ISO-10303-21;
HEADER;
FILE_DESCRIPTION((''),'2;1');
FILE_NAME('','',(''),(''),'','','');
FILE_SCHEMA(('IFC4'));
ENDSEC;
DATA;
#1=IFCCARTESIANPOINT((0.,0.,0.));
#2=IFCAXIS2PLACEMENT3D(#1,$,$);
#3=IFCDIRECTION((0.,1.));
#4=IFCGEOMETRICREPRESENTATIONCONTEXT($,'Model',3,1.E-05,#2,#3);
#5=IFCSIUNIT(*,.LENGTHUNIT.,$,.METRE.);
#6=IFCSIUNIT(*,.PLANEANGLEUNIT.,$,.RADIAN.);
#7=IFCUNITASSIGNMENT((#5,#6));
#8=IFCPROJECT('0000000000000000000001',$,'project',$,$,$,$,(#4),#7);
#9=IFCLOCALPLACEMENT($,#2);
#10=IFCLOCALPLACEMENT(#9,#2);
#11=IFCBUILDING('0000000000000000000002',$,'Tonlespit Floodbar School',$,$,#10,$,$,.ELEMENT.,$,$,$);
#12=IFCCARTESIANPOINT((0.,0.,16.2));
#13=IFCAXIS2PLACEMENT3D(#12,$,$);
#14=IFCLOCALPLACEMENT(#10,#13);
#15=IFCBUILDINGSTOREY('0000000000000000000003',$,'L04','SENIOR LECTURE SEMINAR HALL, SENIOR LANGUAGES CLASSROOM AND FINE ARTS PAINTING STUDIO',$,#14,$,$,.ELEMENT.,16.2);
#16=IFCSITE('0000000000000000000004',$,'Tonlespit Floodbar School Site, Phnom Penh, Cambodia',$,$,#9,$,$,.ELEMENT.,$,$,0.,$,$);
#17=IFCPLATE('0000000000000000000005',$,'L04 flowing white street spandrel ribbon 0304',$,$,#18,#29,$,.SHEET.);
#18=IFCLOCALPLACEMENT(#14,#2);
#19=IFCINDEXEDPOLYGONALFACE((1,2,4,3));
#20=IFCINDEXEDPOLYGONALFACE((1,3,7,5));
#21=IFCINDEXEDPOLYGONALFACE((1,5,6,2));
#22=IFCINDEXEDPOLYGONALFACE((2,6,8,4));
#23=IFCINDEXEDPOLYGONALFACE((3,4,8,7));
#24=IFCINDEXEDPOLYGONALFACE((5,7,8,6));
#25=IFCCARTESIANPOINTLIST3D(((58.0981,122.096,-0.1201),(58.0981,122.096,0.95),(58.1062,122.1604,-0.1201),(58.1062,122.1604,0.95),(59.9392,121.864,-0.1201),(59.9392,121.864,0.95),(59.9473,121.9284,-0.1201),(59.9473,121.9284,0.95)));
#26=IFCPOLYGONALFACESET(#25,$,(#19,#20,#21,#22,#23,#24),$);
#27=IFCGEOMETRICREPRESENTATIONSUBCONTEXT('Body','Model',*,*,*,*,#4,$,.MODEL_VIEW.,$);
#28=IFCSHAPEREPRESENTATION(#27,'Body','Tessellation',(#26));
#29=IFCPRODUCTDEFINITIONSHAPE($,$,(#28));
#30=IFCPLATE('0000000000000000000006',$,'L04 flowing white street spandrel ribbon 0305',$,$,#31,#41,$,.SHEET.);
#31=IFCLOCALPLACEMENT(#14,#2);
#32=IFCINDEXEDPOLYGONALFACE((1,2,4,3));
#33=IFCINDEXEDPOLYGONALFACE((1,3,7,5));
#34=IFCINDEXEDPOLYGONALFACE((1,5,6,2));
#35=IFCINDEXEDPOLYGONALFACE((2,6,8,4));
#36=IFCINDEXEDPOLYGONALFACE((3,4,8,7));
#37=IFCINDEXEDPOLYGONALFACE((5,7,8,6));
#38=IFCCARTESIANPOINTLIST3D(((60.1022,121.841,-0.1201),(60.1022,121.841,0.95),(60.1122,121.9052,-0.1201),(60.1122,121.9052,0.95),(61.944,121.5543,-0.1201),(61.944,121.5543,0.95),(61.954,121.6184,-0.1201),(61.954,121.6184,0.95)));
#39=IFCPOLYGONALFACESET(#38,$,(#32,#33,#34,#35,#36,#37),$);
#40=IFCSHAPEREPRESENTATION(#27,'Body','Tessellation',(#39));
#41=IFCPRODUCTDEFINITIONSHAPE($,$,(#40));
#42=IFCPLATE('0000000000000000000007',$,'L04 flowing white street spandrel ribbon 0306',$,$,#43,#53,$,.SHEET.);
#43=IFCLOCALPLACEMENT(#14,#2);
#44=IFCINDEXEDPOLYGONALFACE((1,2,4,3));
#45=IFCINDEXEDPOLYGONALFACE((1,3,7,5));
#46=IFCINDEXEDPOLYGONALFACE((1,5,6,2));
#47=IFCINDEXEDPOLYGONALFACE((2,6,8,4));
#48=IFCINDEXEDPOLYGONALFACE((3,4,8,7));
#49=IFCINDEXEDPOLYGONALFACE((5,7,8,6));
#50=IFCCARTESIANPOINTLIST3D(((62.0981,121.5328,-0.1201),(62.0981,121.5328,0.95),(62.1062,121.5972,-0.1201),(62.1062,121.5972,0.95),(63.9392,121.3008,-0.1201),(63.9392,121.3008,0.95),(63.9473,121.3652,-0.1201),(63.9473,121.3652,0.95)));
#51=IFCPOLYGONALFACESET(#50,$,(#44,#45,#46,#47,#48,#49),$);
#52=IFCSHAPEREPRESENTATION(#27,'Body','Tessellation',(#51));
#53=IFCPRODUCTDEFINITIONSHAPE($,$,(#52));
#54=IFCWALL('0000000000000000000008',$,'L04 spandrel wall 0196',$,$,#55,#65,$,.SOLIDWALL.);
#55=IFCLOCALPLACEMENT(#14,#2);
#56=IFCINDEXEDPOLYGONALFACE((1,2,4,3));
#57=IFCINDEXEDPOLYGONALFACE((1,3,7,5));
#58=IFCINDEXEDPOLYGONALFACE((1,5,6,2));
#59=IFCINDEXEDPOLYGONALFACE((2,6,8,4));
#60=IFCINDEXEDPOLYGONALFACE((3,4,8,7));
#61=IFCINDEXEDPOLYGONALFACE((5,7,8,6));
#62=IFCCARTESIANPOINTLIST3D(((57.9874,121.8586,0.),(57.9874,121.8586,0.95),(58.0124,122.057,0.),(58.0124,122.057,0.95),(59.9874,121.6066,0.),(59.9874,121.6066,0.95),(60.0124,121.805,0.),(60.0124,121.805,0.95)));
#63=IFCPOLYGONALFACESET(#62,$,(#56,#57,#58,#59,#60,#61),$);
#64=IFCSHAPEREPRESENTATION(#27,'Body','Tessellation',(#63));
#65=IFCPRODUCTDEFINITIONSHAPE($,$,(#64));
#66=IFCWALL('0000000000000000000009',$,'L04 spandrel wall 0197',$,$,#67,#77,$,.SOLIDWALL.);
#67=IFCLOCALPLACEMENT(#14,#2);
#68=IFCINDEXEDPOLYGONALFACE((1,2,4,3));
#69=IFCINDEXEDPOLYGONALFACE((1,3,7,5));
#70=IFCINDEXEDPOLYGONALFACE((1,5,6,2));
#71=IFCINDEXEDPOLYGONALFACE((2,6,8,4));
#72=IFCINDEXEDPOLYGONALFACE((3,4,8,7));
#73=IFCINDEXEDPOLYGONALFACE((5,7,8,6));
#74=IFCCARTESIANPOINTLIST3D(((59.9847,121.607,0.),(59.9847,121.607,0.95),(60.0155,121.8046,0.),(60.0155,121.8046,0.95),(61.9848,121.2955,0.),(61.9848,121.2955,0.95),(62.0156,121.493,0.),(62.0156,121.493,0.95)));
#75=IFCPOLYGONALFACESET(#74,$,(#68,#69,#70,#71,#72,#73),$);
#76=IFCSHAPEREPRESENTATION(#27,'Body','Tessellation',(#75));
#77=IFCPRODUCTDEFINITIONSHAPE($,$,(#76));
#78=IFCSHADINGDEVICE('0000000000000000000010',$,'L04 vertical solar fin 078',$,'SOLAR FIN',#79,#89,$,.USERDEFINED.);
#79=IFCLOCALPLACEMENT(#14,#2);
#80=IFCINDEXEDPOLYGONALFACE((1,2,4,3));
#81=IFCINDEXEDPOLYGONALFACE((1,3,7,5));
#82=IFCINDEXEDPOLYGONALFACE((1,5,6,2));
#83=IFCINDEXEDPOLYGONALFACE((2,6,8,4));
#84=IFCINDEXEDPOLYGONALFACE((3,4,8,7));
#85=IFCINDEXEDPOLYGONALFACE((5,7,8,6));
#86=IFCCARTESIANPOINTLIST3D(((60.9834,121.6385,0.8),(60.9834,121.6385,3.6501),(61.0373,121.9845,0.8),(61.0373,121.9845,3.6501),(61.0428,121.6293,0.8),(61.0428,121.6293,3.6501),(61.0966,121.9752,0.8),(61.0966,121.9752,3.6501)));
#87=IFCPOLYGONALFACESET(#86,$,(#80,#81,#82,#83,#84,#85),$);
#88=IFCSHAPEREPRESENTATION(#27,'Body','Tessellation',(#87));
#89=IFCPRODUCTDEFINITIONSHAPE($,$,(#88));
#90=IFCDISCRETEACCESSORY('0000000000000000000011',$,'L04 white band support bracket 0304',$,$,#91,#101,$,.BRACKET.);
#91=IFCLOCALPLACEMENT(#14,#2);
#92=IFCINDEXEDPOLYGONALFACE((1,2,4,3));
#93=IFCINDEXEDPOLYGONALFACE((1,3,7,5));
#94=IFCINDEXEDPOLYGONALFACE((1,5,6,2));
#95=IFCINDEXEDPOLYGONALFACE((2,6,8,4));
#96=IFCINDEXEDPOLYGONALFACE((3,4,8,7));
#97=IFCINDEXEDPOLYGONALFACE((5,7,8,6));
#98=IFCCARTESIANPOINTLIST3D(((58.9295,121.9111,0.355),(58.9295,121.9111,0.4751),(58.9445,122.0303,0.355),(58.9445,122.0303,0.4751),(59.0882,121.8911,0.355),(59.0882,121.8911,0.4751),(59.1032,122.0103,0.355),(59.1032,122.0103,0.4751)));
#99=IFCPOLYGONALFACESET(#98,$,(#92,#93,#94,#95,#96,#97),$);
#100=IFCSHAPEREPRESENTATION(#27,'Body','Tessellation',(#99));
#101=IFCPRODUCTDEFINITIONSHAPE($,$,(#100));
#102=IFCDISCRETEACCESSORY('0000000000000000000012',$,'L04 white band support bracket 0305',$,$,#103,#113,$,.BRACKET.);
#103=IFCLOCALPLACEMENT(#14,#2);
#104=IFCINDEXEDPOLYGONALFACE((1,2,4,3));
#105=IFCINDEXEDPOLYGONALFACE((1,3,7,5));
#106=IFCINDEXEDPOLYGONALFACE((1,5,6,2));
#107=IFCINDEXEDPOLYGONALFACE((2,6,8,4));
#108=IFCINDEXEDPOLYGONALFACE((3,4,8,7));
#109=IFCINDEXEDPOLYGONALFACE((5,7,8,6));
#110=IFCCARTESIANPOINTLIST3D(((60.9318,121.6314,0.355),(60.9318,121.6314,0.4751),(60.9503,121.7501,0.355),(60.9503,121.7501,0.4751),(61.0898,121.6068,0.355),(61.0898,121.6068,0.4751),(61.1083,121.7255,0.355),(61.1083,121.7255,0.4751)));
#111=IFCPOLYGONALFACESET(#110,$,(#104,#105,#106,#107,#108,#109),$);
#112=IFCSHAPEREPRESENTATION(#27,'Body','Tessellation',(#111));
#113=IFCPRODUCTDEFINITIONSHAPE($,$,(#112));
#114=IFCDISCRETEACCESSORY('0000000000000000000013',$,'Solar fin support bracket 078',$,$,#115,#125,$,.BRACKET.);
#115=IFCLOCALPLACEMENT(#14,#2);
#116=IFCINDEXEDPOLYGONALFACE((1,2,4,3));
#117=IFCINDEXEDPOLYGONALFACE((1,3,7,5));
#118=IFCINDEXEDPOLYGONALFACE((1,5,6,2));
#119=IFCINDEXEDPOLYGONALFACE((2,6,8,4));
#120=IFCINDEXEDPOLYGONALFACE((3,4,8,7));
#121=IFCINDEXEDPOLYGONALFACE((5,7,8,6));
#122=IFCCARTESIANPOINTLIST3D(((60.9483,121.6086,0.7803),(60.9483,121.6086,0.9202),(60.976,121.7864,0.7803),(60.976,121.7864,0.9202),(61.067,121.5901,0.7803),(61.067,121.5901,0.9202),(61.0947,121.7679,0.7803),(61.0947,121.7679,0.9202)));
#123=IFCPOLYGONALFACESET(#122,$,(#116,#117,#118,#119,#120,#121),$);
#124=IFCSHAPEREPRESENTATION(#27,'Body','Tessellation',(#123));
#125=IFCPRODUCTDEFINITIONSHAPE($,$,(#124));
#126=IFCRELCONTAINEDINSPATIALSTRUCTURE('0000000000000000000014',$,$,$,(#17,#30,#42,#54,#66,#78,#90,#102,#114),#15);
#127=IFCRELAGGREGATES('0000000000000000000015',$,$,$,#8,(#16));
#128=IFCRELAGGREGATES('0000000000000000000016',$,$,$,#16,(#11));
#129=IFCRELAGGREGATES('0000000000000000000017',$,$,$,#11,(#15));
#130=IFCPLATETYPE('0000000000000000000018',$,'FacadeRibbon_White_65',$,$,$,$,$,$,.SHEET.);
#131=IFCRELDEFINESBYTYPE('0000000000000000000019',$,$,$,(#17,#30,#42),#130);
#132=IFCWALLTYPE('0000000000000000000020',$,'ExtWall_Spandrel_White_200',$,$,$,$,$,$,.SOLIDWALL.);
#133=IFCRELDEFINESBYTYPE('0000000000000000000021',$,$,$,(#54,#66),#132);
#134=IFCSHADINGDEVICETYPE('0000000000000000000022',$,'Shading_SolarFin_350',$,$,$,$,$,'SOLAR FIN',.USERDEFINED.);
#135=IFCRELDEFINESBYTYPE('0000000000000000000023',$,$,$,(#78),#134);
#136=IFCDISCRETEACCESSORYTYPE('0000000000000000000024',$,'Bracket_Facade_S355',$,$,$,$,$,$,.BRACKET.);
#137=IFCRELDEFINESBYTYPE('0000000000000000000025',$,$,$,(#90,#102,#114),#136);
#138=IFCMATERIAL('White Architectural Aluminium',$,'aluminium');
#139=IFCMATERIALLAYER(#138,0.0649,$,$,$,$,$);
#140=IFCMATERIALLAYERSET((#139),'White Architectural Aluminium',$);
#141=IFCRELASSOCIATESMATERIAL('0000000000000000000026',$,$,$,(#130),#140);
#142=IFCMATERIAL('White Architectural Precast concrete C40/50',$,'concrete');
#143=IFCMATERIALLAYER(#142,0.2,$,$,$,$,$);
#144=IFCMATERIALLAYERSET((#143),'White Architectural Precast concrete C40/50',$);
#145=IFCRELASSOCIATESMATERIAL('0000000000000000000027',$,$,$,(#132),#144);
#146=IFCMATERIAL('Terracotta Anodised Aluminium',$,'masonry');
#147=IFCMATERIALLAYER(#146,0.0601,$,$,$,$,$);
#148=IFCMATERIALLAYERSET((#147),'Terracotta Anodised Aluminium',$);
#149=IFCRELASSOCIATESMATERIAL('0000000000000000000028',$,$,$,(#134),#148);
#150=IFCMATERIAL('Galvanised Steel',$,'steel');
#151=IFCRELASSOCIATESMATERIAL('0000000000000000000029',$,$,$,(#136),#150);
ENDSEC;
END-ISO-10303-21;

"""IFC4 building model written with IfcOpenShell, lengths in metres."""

from ifc_helpers import new_model, si_unit, direction, frame, frame_2d, origin, origin_2d, place, context, subcontext, project, spatial, rectangle, extrude, material, layer, layer_set, type_object, element, save


model = new_model("IFC4")

# Units and contexts
model_context = context("Model", 3, precision=1e-05, world=origin(), true_north=direction((0.0, 1.0)))
body_context = subcontext(model_context, "Body", "Model", "MODEL_VIEW")
ifc_project = project(units=[si_unit("LENGTHUNIT", "METRE"), si_unit("PLANEANGLEUNIT", "RADIAN")], contexts=[model_context])

# Site, building, storey
site_placement = place(None, origin())
site = spatial("IfcSite", under=ifc_project, at=site_placement, Name="Tonlespit Floodbar School Site, Phnom Penh, Cambodia", CompositionType="ELEMENT", RefElevation=0.0)
building_placement = place(site_placement, origin())
building = spatial("IfcBuilding", under=site, at=building_placement, Name="Tonlespit Floodbar School", CompositionType="ELEMENT")
storey_placement = place(building_placement, frame((0.0, 0.0, 16.2)))
storey = spatial("IfcBuildingStorey", under=building, at=storey_placement, Name="L04", Description="SENIOR LECTURE SEMINAR HALL, SENIOR LANGUAGES CLASSROOM AND FINE ARTS PAINTING STUDIO", CompositionType="ELEMENT", Elevation=16.2)

# Plates
ifc_material_1 = material(Name="White Architectural Aluminium", Category="aluminium")
ifc_layer_1 = layer(ifc_material_1, 0.0649)
ifc_layer_set_1 = layer_set([ifc_layer_1], Name="White Architectural Aluminium")
plate_type_1 = type_object("IfcPlateType", Name="FacadeRibbon_White_65", PredefinedType="SHEET", material=ifc_layer_set_1)
plate_1_placement = place(storey_placement, frame((59.0227, 122.0122, -0.1201), z_axis=(0.0, 0.0, 1.0), x_axis=(0.992155, -0.125011, 0.0)))
element("IfcPlate", 1, at=plate_1_placement, inside=storey, type_object=plate_type_1, Name="L04 flowing white street spandrel ribbon 0304", PredefinedType="SHEET", context=body_context, shape_type="SweptSolid", body=[
    extrude(rectangle(XDim=1.8557, YDim=0.0649, at=origin_2d()), origin(), (0.0, 0.0, 1.0), 1.0701),
])
plate_2_placement = place(storey_placement, frame((61.0281, 121.7297, -0.1201), z_axis=(0.0, 0.0, 1.0), x_axis=(0.988095, -0.153846, 0.0)))
element("IfcPlate", 2, at=plate_2_placement, inside=storey, type_object=plate_type_1, Name="L04 flowing white street spandrel ribbon 0305", PredefinedType="SHEET", context=body_context, shape_type="SweptSolid", body=[
    extrude(rectangle(XDim=1.864, YDim=0.0649, at=origin_2d()), origin(), (0.0, 0.0, 1.0), 1.0701),
])
plate_3_placement = place(storey_placement, frame((63.0227, 121.449, -0.1201), z_axis=(0.0, 0.0, 1.0), x_axis=(0.992155, -0.125011, 0.0)))
element("IfcPlate", 3, at=plate_3_placement, inside=storey, type_object=plate_type_1, Name="L04 flowing white street spandrel ribbon 0306", PredefinedType="SHEET", context=body_context, shape_type="SweptSolid", body=[
    extrude(rectangle(XDim=1.8557, YDim=0.0649, at=origin_2d()), origin(), (0.0, 0.0, 1.0), 1.0701),
])

# Walls
ifc_material_2 = material(Name="White Architectural Precast concrete C40/50", Category="concrete")
ifc_layer_2 = layer(ifc_material_2, 0.2)
ifc_layer_set_2 = layer_set([ifc_layer_2], Name="White Architectural Precast concrete C40/50")
wall_type = type_object("IfcWallType", Name="ExtWall_Spandrel_White_200", PredefinedType="SOLIDWALL", material=ifc_layer_set_2)
wall_1_placement = place(storey_placement, frame((58.0, 121.9578, 0.0), z_axis=(0.0, 0.0, 1.0), x_axis=(0.992158, -0.124989, 0.0)))
element("IfcWall", 4, at=wall_1_placement, inside=storey, type_object=wall_type, Name="L04 spandrel wall 0196", PredefinedType="SOLIDWALL", context=body_context, shape_type="SweptSolid", body=[
    extrude(rectangle(XDim=2.0159, YDim=0.2, at=frame_2d((1.0078, 0.0))), origin(), (0.0, 0.0, 1.0), 0.95),
])
wall_2_placement = place(storey_placement, frame((60.0, 121.7058, 0.0), z_axis=(0.0, 0.0, 1.0), x_axis=(0.988086, -0.153906, 0.0)))
element("IfcWall", 5, at=wall_2_placement, inside=storey, type_object=wall_type, Name="L04 spandrel wall 0197", PredefinedType="SOLIDWALL", context=body_context, shape_type="SweptSolid", body=[
    extrude(rectangle(XDim=2.0242, YDim=0.2, at=frame_2d((1.0122, 0.0))), origin(), (0.0, 0.0, 1.0), 0.95),
])

# Shading device
ifc_material_3 = material(Name="Terracotta Anodised Aluminium", Category="masonry")
ifc_layer_3 = layer(ifc_material_3, 0.0601)
ifc_layer_set_3 = layer_set([ifc_layer_3], Name="Terracotta Anodised Aluminium")
shading_device_type = type_object("IfcShadingDeviceType", Name="Shading_SolarFin_350", ElementType="SOLAR FIN", PredefinedType="USERDEFINED", material=ifc_layer_set_3)
shading_device_placement = place(storey_placement, frame((61.04, 121.8069, 0.8), z_axis=(0.0, 0.0, 1.0), x_axis=(0.988095, -0.153846, 0.0)))
element("IfcShadingDevice", 6, at=shading_device_placement, inside=storey, type_object=shading_device_type, Name="L04 vertical solar fin 078", ObjectType="SOLAR FIN", PredefinedType="USERDEFINED", context=body_context, shape_type="SweptSolid", body=[
    extrude(rectangle(XDim=0.0601, YDim=0.3501, at=origin_2d()), origin(), (0.0, 0.0, 1.0), 2.8501),
])

# Discrete accessories
ifc_material_4 = material(Name="Galvanised Steel", Category="steel")
discrete_accessory_type = type_object("IfcDiscreteAccessoryType", Name="Bracket_Facade_S355", PredefinedType="BRACKET", material=ifc_material_4)
for number, where, z_axis, x_axis, name in (
    (7, (59.0164, 121.9607, 0.355), (0.0, 0.0, 1.0), (0.992155, -0.125011, 0.0), "L04 white band support bracket 0304"),
    (8, (61.02, 121.6785, 0.355), (0.0, 0.0, 1.0), (0.988095, -0.153846, 0.0), "L04 white band support bracket 0305"),
):
    element("IfcDiscreteAccessory", number, at=place(storey_placement, frame(where, z_axis=z_axis, x_axis=x_axis)), inside=storey, type_object=discrete_accessory_type, Name=name, PredefinedType="BRACKET", context=body_context, shape_type="SweptSolid", body=[
        extrude(rectangle(XDim=0.1599, YDim=0.1201, at=origin_2d()), origin(), (0.0, 0.0, 1.0), 0.1201),
    ])
discrete_accessory_placement = place(storey_placement, frame((61.0215, 121.6882, 0.7803), z_axis=(0.0, 0.0, 1.0), x_axis=(0.988095, -0.153846, 0.0)))
element("IfcDiscreteAccessory", 9, at=discrete_accessory_placement, inside=storey, type_object=discrete_accessory_type, Name="Solar fin support bracket 078", PredefinedType="BRACKET", context=body_context, shape_type="SweptSolid", body=[
    extrude(rectangle(XDim=0.1201, YDim=0.1799, at=origin_2d()), origin(), (0.0, 0.0, 1.0), 0.1399),
])

save(model, "model.ifc")
